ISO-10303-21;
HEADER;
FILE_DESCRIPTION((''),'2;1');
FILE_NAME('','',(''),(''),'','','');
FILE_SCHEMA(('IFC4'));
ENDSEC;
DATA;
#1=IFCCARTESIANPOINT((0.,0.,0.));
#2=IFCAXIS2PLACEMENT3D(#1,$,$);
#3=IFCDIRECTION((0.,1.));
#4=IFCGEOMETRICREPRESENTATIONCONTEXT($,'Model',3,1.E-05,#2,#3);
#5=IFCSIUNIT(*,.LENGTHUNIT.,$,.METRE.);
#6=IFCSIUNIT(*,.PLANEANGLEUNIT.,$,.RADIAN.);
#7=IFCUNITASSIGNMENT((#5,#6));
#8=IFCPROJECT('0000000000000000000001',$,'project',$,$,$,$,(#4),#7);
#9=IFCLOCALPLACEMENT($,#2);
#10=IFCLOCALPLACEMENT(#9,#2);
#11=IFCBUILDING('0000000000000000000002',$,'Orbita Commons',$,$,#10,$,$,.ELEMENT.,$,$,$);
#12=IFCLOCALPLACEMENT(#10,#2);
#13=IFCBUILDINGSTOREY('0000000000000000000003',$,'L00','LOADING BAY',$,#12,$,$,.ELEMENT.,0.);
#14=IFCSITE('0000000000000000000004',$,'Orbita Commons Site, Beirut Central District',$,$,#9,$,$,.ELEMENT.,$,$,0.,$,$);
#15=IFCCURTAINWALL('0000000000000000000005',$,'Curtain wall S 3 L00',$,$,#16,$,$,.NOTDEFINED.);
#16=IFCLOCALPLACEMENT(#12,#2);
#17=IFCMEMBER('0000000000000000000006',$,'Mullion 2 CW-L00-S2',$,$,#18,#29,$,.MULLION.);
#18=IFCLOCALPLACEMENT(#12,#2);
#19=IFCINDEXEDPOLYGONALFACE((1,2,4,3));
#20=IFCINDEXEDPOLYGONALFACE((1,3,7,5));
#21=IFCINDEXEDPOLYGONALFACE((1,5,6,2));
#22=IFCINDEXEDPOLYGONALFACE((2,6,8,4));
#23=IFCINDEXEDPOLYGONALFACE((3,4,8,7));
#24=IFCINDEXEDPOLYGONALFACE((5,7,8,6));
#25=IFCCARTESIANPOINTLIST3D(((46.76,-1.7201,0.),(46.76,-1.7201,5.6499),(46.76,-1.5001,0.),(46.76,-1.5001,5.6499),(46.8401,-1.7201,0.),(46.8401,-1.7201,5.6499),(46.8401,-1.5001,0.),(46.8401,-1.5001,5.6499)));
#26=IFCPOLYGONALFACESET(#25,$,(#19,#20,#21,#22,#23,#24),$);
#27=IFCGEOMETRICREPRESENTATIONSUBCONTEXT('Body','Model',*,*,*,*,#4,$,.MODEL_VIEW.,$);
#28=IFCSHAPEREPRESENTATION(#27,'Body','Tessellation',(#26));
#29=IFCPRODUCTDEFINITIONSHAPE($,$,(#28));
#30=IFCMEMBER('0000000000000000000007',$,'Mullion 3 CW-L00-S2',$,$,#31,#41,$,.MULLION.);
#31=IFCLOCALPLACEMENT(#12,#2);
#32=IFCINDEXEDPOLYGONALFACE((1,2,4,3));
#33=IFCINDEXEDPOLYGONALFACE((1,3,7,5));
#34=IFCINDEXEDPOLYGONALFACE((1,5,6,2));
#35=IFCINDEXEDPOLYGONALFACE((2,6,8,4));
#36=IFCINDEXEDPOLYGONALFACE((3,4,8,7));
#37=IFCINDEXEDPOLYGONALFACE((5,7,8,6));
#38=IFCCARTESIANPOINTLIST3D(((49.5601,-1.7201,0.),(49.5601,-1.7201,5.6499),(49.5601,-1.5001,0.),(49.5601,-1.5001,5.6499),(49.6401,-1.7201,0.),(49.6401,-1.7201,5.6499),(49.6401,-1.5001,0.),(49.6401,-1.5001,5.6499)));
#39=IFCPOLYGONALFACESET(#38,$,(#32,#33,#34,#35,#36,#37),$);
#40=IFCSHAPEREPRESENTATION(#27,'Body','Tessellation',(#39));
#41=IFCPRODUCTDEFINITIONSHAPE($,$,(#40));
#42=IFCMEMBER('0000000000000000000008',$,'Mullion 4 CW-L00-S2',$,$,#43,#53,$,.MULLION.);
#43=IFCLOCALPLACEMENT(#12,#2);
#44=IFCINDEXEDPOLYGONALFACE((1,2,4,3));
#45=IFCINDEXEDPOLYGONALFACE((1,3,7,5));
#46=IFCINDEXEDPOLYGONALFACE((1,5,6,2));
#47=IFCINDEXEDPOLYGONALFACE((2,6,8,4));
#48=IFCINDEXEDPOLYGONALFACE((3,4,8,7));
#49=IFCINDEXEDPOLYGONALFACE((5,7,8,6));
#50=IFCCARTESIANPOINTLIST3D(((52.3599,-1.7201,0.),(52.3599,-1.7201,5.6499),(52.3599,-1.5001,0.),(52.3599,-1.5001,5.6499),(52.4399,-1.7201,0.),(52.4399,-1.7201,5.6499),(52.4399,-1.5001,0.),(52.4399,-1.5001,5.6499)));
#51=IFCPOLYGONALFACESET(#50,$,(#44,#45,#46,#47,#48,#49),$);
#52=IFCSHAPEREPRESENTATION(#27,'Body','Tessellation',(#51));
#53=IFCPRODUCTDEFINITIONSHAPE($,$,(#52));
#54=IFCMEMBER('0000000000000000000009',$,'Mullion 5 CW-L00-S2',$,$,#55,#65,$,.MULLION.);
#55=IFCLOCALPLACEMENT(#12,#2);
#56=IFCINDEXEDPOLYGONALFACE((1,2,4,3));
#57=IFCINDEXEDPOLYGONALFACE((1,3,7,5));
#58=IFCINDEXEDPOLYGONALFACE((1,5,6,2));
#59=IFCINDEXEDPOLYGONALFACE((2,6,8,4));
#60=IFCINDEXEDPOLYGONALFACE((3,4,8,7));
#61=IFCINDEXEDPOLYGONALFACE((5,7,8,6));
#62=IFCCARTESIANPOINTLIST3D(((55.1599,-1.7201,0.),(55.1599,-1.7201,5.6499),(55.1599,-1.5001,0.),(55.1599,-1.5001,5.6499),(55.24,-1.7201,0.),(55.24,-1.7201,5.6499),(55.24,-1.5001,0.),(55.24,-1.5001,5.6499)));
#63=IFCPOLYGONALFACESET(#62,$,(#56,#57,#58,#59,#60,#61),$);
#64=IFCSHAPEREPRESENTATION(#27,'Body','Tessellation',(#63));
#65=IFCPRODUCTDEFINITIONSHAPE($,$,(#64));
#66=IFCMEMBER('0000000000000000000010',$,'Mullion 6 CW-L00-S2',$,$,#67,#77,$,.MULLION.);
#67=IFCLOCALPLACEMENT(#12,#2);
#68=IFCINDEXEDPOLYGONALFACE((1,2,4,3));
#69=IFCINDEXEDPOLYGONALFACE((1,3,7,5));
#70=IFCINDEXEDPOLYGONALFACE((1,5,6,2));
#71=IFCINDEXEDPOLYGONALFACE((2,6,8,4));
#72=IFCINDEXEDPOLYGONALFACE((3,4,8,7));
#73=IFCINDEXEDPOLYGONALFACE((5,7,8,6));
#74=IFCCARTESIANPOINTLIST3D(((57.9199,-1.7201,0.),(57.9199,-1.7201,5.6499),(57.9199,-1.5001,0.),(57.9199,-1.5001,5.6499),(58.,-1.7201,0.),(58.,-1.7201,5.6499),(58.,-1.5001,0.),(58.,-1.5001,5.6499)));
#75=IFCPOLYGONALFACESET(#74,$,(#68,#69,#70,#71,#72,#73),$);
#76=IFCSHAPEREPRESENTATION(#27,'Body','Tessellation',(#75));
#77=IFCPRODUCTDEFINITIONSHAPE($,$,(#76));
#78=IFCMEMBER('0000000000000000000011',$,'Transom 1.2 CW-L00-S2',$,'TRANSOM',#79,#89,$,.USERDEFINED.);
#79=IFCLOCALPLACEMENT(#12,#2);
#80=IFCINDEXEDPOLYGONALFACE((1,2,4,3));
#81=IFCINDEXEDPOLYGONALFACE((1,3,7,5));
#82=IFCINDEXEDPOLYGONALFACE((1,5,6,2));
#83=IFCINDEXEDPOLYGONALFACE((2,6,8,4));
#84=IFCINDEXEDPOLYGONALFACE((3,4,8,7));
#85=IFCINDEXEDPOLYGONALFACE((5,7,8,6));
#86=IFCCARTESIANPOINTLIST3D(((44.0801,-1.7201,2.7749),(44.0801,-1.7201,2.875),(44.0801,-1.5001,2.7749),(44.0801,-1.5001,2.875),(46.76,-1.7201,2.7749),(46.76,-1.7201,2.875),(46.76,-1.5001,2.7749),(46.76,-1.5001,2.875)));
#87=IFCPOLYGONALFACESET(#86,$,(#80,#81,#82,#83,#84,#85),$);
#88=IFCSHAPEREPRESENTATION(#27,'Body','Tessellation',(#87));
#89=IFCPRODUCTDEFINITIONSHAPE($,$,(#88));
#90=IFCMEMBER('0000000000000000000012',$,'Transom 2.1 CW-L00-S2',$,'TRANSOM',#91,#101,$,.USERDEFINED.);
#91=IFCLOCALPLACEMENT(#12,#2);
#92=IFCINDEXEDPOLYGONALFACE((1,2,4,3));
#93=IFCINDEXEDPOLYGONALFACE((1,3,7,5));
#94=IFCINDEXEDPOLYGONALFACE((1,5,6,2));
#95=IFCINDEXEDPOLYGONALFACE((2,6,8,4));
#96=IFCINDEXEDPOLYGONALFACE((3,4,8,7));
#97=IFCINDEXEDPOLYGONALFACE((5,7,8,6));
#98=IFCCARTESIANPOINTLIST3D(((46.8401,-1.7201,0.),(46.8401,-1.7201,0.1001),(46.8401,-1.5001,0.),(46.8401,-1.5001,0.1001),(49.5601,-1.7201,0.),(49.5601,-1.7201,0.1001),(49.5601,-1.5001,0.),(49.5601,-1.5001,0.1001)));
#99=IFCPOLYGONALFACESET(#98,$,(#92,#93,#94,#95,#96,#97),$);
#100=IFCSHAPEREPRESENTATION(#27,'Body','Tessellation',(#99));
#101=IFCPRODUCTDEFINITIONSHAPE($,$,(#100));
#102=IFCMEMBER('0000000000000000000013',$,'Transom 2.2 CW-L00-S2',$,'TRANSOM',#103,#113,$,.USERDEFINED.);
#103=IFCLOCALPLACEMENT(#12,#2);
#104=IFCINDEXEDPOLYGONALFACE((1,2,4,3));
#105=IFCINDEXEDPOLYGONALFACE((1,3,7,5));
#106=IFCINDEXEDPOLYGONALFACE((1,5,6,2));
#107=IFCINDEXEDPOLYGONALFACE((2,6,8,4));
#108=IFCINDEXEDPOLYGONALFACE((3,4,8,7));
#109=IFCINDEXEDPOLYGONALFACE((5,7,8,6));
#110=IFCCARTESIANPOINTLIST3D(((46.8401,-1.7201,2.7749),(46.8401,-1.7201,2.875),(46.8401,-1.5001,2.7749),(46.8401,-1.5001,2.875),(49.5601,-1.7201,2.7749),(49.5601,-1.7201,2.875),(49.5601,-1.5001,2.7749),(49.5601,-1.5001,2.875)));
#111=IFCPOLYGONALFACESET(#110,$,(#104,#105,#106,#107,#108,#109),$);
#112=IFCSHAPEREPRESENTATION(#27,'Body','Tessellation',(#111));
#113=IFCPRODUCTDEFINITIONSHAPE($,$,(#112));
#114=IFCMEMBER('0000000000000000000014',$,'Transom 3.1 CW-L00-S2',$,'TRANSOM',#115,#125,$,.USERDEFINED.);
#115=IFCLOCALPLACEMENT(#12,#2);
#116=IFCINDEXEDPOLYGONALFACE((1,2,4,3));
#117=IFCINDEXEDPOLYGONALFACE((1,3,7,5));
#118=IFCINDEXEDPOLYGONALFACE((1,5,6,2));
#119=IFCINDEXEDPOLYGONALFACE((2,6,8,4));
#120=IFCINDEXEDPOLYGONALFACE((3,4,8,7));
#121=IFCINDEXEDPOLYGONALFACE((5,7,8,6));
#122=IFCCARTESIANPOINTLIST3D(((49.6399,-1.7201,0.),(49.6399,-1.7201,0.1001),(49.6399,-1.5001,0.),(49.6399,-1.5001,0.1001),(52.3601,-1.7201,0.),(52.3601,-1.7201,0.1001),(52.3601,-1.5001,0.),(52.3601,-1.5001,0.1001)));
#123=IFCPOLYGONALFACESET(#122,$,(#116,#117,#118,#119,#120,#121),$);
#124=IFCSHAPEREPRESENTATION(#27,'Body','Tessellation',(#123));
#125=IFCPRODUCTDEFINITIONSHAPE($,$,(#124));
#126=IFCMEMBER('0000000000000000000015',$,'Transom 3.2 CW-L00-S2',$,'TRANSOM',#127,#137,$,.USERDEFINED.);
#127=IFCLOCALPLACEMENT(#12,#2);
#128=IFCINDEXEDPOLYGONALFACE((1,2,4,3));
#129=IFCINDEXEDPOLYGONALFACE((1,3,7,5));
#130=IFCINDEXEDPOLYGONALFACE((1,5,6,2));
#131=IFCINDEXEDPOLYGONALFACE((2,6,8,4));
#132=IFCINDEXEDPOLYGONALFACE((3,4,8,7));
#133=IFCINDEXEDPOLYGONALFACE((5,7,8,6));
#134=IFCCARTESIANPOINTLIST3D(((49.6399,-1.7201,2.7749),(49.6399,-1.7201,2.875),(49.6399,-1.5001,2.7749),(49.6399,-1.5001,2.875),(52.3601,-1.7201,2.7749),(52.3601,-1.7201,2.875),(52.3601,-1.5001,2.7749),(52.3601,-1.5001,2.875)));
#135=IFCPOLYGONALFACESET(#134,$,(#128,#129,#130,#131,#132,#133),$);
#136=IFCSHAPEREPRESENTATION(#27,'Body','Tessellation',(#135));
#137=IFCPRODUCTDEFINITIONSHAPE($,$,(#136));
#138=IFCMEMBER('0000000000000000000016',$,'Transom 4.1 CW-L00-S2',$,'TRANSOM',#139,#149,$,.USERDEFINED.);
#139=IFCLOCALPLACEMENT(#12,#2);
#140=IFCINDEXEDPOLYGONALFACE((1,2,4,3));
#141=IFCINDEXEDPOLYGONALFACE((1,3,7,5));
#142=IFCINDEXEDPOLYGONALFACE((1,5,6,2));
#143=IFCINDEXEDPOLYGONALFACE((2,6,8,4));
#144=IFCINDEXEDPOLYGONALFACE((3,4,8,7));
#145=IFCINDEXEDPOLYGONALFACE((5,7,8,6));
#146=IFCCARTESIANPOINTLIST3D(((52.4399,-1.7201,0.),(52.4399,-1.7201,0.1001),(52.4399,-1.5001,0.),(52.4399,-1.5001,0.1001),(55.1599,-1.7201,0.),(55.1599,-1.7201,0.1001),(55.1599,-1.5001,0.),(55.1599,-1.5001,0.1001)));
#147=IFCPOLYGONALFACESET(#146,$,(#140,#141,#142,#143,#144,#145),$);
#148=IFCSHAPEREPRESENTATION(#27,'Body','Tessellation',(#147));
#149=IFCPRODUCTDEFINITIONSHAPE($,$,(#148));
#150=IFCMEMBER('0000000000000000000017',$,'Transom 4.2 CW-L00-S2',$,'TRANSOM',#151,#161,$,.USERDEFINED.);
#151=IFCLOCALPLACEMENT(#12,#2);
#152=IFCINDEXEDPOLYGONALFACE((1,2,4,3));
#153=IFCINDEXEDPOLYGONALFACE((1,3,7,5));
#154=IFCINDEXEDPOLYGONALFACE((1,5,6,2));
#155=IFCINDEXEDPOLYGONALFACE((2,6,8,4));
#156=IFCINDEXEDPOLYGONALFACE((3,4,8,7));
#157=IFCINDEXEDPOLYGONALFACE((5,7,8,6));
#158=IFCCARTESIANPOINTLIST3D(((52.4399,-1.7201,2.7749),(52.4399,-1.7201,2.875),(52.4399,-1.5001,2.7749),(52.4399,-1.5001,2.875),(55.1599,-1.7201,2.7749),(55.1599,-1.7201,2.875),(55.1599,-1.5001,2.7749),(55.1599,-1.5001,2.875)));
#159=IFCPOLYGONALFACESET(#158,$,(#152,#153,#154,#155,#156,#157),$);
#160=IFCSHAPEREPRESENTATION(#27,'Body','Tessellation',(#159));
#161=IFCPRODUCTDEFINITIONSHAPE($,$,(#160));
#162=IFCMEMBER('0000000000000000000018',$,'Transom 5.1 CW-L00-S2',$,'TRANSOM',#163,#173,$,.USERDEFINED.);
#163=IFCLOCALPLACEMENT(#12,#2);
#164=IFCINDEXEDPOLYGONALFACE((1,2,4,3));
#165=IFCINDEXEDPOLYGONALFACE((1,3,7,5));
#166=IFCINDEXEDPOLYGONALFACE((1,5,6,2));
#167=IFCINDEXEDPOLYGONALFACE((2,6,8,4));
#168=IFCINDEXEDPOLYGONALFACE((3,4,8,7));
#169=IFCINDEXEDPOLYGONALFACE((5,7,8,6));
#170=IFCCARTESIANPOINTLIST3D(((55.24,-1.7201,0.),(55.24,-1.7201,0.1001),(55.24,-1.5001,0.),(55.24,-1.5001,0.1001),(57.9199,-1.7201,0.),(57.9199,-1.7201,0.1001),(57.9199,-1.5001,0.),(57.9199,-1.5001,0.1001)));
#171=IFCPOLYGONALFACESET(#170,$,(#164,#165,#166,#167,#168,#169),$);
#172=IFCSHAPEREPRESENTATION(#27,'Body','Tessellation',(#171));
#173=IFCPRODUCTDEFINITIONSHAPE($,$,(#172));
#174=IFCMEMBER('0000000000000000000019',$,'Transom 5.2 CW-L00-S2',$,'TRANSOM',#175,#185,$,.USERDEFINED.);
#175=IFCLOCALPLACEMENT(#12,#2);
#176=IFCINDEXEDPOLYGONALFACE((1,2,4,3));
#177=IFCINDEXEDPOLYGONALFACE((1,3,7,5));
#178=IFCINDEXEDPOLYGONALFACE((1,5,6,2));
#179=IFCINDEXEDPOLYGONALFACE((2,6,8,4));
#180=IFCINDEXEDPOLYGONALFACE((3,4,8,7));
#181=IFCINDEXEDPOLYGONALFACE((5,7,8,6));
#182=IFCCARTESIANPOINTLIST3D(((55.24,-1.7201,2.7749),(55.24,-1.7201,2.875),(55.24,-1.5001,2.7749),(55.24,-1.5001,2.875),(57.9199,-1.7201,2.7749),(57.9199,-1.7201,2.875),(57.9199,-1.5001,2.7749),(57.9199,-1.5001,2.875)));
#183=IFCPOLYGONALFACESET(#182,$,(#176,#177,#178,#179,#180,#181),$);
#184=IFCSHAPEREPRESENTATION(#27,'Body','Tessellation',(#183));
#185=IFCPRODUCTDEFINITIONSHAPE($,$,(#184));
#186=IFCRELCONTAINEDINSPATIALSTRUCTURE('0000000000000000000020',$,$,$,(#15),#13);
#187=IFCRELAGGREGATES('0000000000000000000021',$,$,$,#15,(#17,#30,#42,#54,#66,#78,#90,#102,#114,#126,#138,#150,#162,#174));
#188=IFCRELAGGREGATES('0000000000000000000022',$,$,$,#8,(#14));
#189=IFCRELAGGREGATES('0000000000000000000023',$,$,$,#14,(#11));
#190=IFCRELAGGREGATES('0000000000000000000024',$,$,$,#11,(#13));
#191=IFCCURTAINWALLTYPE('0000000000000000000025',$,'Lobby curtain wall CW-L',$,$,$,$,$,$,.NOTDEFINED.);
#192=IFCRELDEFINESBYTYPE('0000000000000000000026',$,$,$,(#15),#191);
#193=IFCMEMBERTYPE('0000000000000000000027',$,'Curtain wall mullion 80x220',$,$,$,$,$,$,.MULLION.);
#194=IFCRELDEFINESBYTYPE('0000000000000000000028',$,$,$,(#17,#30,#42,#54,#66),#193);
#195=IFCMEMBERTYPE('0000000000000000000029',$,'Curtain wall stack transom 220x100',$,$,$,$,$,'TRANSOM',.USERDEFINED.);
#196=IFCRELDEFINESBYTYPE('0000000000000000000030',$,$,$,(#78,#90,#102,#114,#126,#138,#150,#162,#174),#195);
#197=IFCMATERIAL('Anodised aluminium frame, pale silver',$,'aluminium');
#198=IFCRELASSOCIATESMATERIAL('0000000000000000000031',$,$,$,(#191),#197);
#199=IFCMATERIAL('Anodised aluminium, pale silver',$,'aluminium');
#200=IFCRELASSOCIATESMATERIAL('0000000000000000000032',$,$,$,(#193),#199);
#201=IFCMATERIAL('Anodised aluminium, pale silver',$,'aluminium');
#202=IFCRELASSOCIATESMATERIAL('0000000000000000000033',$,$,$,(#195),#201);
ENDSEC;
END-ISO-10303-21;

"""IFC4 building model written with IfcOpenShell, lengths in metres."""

from ifc_helpers import new_model, si_unit, direction, frame, origin, origin_2d, place, context, subcontext, project, spatial, rectangle, extrude, material, material_profile, profile_set, type_object, element, aggregate, save


model = new_model("IFC4")

# Units and contexts
model_context = context("Model", 3, precision=1e-05, world=origin(), true_north=direction((0.0, 1.0)))
body_context = subcontext(model_context, "Body", "Model", "MODEL_VIEW")
ifc_project = project(units=[si_unit("LENGTHUNIT", "METRE"), si_unit("PLANEANGLEUNIT", "RADIAN")], contexts=[model_context])

# Site, building, storey
site_placement = place(None, origin())
site = spatial("IfcSite", under=ifc_project, at=site_placement, Name="Orbita Commons Site, Beirut Central District", CompositionType="ELEMENT", RefElevation=0.0)
building_placement = place(site_placement, origin())
building = spatial("IfcBuilding", under=site, at=building_placement, Name="Orbita Commons", CompositionType="ELEMENT")
storey_placement = place(building_placement, origin())
storey = spatial("IfcBuildingStorey", under=building, at=storey_placement, Name="L00", Description="LOADING BAY", CompositionType="ELEMENT", Elevation=0.0)

# Curtain wall, members
ifc_material_1 = material(Name="Anodised aluminium frame, pale silver", Category="aluminium")
curtain_wall_type = type_object("IfcCurtainWallType", Name="Lobby curtain wall CW-L", PredefinedType="NOTDEFINED", material=ifc_material_1)
curtain_wall_placement = place(storey_placement, origin())
curtain_wall = element("IfcCurtainWall", 1, at=curtain_wall_placement, inside=storey, type_object=curtain_wall_type, Name="Curtain wall S 3 L00", PredefinedType="NOTDEFINED")
ifc_material_2 = material(Name="Anodised aluminium, pale silver", Category="aluminium")
ifc_material_profile_1 = material_profile(ifc_material_2, rectangle(XDim=0.0801, YDim=0.22, at=origin_2d()), Name="AL 80x220")
ifc_profile_set_1 = profile_set([ifc_material_profile_1], Name="Anodised aluminium, pale silver")
member_type_1 = type_object("IfcMemberType", Name="Curtain wall mullion 80x220", PredefinedType="MULLION", material=ifc_profile_set_1)
member_1_placement = place(storey_placement, frame((46.8, -1.6101, 0.0), z_axis=(0.0, 0.0, 1.0), x_axis=(1.0, 0.0, 0.0)))
member_1 = element("IfcMember", 2, at=member_1_placement, type_object=member_type_1, Name="Mullion 2 CW-L00-S2", PredefinedType="MULLION", context=body_context, shape_type="SweptSolid", body=[
    extrude(rectangle(XDim=0.0801, YDim=0.22, at=origin_2d()), origin(), (0.0, 0.0, 1.0), 5.6499),
])
member_2_placement = place(storey_placement, frame((49.6001, -1.6101, 0.0), z_axis=(0.0, 0.0, 1.0), x_axis=(1.0, 0.0, 0.0)))
member_2 = element("IfcMember", 3, at=member_2_placement, type_object=member_type_1, Name="Mullion 3 CW-L00-S2", PredefinedType="MULLION", context=body_context, shape_type="SweptSolid", body=[
    extrude(rectangle(XDim=0.0801, YDim=0.22, at=origin_2d()), origin(), (0.0, 0.0, 1.0), 5.6499),
])
member_3_placement = place(storey_placement, frame((52.3999, -1.6101, 0.0), z_axis=(0.0, 0.0, 1.0), x_axis=(1.0, 0.0, 0.0)))
member_3 = element("IfcMember", 4, at=member_3_placement, type_object=member_type_1, Name="Mullion 4 CW-L00-S2", PredefinedType="MULLION", context=body_context, shape_type="SweptSolid", body=[
    extrude(rectangle(XDim=0.0801, YDim=0.22, at=origin_2d()), origin(), (0.0, 0.0, 1.0), 5.6499),
])
member_4_placement = place(storey_placement, frame((55.2, -1.6101, 0.0), z_axis=(0.0, 0.0, 1.0), x_axis=(1.0, 0.0, 0.0)))
member_4 = element("IfcMember", 5, at=member_4_placement, type_object=member_type_1, Name="Mullion 5 CW-L00-S2", PredefinedType="MULLION", context=body_context, shape_type="SweptSolid", body=[
    extrude(rectangle(XDim=0.0801, YDim=0.22, at=origin_2d()), origin(), (0.0, 0.0, 1.0), 5.6499),
])
member_5_placement = place(storey_placement, frame((57.96, -1.6101, 0.0), z_axis=(0.0, 0.0, 1.0), x_axis=(1.0, 0.0, 0.0)))
member_5 = element("IfcMember", 6, at=member_5_placement, type_object=member_type_1, Name="Mullion 6 CW-L00-S2", PredefinedType="MULLION", context=body_context, shape_type="SweptSolid", body=[
    extrude(rectangle(XDim=0.0801, YDim=0.22, at=origin_2d()), origin(), (0.0, 0.0, 1.0), 5.6499),
])
ifc_material_3 = material(Name="Anodised aluminium, pale silver", Category="aluminium")
ifc_material_profile_2 = material_profile(ifc_material_3, rectangle(XDim=0.22, YDim=0.1001, at=origin_2d()), Name="AL 220x100")
ifc_profile_set_2 = profile_set([ifc_material_profile_2], Name="Anodised aluminium, pale silver")
member_type_2 = type_object("IfcMemberType", Name="Curtain wall stack transom 220x100", ElementType="TRANSOM", PredefinedType="USERDEFINED", material=ifc_profile_set_2)
member_6_placement = place(storey_placement, frame((44.0801, -1.6101, 2.825), z_axis=(1.0, 0.0, 0.0), x_axis=(0.0, 1.0, 0.0)))
member_6 = element("IfcMember", 7, at=member_6_placement, type_object=member_type_2, Name="Transom 1.2 CW-L00-S2", ObjectType="TRANSOM", PredefinedType="USERDEFINED", context=body_context, shape_type="SweptSolid", body=[
    extrude(rectangle(XDim=0.22, YDim=0.1001, at=origin_2d()), origin(), (0.0, 0.0, 1.0), 2.6799),
])
member_7_placement = place(storey_placement, frame((46.8401, -1.6101, 0.05), z_axis=(1.0, 0.0, 0.0), x_axis=(0.0, 1.0, 0.0)))
member_7 = element("IfcMember", 8, at=member_7_placement, type_object=member_type_2, Name="Transom 2.1 CW-L00-S2", ObjectType="TRANSOM", PredefinedType="USERDEFINED", context=body_context, shape_type="SweptSolid", body=[
    extrude(rectangle(XDim=0.22, YDim=0.1001, at=origin_2d()), origin(), (0.0, 0.0, 1.0), 2.72),
])
member_8_placement = place(storey_placement, frame((46.8401, -1.6101, 2.825), z_axis=(1.0, 0.0, 0.0), x_axis=(0.0, 1.0, 0.0)))
member_8 = element("IfcMember", 9, at=member_8_placement, type_object=member_type_2, Name="Transom 2.2 CW-L00-S2", ObjectType="TRANSOM", PredefinedType="USERDEFINED", context=body_context, shape_type="SweptSolid", body=[
    extrude(rectangle(XDim=0.22, YDim=0.1001, at=origin_2d()), origin(), (0.0, 0.0, 1.0), 2.72),
])
member_9_placement = place(storey_placement, frame((49.6399, -1.6101, 0.05), z_axis=(1.0, 0.0, 0.0), x_axis=(0.0, 1.0, 0.0)))
member_9 = element("IfcMember", 10, at=member_9_placement, type_object=member_type_2, Name="Transom 3.1 CW-L00-S2", ObjectType="TRANSOM", PredefinedType="USERDEFINED", context=body_context, shape_type="SweptSolid", body=[
    extrude(rectangle(XDim=0.22, YDim=0.1001, at=origin_2d()), origin(), (0.0, 0.0, 1.0), 2.7202),
])
member_10_placement = place(storey_placement, frame((49.6399, -1.6101, 2.825), z_axis=(1.0, 0.0, 0.0), x_axis=(0.0, 1.0, 0.0)))
member_10 = element("IfcMember", 11, at=member_10_placement, type_object=member_type_2, Name="Transom 3.2 CW-L00-S2", ObjectType="TRANSOM", PredefinedType="USERDEFINED", context=body_context, shape_type="SweptSolid", body=[
    extrude(rectangle(XDim=0.22, YDim=0.1001, at=origin_2d()), origin(), (0.0, 0.0, 1.0), 2.7202),
])
member_11_placement = place(storey_placement, frame((52.4399, -1.6101, 0.05), z_axis=(1.0, 0.0, 0.0), x_axis=(0.0, 1.0, 0.0)))
member_11 = element("IfcMember", 12, at=member_11_placement, type_object=member_type_2, Name="Transom 4.1 CW-L00-S2", ObjectType="TRANSOM", PredefinedType="USERDEFINED", context=body_context, shape_type="SweptSolid", body=[
    extrude(rectangle(XDim=0.22, YDim=0.1001, at=origin_2d()), origin(), (0.0, 0.0, 1.0), 2.72),
])
member_12_placement = place(storey_placement, frame((52.4399, -1.6101, 2.825), z_axis=(1.0, 0.0, 0.0), x_axis=(0.0, 1.0, 0.0)))
member_12 = element("IfcMember", 13, at=member_12_placement, type_object=member_type_2, Name="Transom 4.2 CW-L00-S2", ObjectType="TRANSOM", PredefinedType="USERDEFINED", context=body_context, shape_type="SweptSolid", body=[
    extrude(rectangle(XDim=0.22, YDim=0.1001, at=origin_2d()), origin(), (0.0, 0.0, 1.0), 2.72),
])
member_13_placement = place(storey_placement, frame((55.24, -1.6101, 0.05), z_axis=(1.0, 0.0, 0.0), x_axis=(0.0, 1.0, 0.0)))
member_13 = element("IfcMember", 14, at=member_13_placement, type_object=member_type_2, Name="Transom 5.1 CW-L00-S2", ObjectType="TRANSOM", PredefinedType="USERDEFINED", context=body_context, shape_type="SweptSolid", body=[
    extrude(rectangle(XDim=0.22, YDim=0.1001, at=origin_2d()), origin(), (0.0, 0.0, 1.0), 2.6799),
])
member_14_placement = place(storey_placement, frame((55.24, -1.6101, 2.825), z_axis=(1.0, 0.0, 0.0), x_axis=(0.0, 1.0, 0.0)))
member_14 = element("IfcMember", 15, at=member_14_placement, type_object=member_type_2, Name="Transom 5.2 CW-L00-S2", ObjectType="TRANSOM", PredefinedType="USERDEFINED", context=body_context, shape_type="SweptSolid", body=[
    extrude(rectangle(XDim=0.22, YDim=0.1001, at=origin_2d()), origin(), (0.0, 0.0, 1.0), 2.6799),
])
aggregate(curtain_wall, [member_1, member_2, member_3, member_4, member_5, member_6, member_7, member_8, member_9, member_10, member_11, member_12, member_13, member_14])

save(model, "model.ifc")
